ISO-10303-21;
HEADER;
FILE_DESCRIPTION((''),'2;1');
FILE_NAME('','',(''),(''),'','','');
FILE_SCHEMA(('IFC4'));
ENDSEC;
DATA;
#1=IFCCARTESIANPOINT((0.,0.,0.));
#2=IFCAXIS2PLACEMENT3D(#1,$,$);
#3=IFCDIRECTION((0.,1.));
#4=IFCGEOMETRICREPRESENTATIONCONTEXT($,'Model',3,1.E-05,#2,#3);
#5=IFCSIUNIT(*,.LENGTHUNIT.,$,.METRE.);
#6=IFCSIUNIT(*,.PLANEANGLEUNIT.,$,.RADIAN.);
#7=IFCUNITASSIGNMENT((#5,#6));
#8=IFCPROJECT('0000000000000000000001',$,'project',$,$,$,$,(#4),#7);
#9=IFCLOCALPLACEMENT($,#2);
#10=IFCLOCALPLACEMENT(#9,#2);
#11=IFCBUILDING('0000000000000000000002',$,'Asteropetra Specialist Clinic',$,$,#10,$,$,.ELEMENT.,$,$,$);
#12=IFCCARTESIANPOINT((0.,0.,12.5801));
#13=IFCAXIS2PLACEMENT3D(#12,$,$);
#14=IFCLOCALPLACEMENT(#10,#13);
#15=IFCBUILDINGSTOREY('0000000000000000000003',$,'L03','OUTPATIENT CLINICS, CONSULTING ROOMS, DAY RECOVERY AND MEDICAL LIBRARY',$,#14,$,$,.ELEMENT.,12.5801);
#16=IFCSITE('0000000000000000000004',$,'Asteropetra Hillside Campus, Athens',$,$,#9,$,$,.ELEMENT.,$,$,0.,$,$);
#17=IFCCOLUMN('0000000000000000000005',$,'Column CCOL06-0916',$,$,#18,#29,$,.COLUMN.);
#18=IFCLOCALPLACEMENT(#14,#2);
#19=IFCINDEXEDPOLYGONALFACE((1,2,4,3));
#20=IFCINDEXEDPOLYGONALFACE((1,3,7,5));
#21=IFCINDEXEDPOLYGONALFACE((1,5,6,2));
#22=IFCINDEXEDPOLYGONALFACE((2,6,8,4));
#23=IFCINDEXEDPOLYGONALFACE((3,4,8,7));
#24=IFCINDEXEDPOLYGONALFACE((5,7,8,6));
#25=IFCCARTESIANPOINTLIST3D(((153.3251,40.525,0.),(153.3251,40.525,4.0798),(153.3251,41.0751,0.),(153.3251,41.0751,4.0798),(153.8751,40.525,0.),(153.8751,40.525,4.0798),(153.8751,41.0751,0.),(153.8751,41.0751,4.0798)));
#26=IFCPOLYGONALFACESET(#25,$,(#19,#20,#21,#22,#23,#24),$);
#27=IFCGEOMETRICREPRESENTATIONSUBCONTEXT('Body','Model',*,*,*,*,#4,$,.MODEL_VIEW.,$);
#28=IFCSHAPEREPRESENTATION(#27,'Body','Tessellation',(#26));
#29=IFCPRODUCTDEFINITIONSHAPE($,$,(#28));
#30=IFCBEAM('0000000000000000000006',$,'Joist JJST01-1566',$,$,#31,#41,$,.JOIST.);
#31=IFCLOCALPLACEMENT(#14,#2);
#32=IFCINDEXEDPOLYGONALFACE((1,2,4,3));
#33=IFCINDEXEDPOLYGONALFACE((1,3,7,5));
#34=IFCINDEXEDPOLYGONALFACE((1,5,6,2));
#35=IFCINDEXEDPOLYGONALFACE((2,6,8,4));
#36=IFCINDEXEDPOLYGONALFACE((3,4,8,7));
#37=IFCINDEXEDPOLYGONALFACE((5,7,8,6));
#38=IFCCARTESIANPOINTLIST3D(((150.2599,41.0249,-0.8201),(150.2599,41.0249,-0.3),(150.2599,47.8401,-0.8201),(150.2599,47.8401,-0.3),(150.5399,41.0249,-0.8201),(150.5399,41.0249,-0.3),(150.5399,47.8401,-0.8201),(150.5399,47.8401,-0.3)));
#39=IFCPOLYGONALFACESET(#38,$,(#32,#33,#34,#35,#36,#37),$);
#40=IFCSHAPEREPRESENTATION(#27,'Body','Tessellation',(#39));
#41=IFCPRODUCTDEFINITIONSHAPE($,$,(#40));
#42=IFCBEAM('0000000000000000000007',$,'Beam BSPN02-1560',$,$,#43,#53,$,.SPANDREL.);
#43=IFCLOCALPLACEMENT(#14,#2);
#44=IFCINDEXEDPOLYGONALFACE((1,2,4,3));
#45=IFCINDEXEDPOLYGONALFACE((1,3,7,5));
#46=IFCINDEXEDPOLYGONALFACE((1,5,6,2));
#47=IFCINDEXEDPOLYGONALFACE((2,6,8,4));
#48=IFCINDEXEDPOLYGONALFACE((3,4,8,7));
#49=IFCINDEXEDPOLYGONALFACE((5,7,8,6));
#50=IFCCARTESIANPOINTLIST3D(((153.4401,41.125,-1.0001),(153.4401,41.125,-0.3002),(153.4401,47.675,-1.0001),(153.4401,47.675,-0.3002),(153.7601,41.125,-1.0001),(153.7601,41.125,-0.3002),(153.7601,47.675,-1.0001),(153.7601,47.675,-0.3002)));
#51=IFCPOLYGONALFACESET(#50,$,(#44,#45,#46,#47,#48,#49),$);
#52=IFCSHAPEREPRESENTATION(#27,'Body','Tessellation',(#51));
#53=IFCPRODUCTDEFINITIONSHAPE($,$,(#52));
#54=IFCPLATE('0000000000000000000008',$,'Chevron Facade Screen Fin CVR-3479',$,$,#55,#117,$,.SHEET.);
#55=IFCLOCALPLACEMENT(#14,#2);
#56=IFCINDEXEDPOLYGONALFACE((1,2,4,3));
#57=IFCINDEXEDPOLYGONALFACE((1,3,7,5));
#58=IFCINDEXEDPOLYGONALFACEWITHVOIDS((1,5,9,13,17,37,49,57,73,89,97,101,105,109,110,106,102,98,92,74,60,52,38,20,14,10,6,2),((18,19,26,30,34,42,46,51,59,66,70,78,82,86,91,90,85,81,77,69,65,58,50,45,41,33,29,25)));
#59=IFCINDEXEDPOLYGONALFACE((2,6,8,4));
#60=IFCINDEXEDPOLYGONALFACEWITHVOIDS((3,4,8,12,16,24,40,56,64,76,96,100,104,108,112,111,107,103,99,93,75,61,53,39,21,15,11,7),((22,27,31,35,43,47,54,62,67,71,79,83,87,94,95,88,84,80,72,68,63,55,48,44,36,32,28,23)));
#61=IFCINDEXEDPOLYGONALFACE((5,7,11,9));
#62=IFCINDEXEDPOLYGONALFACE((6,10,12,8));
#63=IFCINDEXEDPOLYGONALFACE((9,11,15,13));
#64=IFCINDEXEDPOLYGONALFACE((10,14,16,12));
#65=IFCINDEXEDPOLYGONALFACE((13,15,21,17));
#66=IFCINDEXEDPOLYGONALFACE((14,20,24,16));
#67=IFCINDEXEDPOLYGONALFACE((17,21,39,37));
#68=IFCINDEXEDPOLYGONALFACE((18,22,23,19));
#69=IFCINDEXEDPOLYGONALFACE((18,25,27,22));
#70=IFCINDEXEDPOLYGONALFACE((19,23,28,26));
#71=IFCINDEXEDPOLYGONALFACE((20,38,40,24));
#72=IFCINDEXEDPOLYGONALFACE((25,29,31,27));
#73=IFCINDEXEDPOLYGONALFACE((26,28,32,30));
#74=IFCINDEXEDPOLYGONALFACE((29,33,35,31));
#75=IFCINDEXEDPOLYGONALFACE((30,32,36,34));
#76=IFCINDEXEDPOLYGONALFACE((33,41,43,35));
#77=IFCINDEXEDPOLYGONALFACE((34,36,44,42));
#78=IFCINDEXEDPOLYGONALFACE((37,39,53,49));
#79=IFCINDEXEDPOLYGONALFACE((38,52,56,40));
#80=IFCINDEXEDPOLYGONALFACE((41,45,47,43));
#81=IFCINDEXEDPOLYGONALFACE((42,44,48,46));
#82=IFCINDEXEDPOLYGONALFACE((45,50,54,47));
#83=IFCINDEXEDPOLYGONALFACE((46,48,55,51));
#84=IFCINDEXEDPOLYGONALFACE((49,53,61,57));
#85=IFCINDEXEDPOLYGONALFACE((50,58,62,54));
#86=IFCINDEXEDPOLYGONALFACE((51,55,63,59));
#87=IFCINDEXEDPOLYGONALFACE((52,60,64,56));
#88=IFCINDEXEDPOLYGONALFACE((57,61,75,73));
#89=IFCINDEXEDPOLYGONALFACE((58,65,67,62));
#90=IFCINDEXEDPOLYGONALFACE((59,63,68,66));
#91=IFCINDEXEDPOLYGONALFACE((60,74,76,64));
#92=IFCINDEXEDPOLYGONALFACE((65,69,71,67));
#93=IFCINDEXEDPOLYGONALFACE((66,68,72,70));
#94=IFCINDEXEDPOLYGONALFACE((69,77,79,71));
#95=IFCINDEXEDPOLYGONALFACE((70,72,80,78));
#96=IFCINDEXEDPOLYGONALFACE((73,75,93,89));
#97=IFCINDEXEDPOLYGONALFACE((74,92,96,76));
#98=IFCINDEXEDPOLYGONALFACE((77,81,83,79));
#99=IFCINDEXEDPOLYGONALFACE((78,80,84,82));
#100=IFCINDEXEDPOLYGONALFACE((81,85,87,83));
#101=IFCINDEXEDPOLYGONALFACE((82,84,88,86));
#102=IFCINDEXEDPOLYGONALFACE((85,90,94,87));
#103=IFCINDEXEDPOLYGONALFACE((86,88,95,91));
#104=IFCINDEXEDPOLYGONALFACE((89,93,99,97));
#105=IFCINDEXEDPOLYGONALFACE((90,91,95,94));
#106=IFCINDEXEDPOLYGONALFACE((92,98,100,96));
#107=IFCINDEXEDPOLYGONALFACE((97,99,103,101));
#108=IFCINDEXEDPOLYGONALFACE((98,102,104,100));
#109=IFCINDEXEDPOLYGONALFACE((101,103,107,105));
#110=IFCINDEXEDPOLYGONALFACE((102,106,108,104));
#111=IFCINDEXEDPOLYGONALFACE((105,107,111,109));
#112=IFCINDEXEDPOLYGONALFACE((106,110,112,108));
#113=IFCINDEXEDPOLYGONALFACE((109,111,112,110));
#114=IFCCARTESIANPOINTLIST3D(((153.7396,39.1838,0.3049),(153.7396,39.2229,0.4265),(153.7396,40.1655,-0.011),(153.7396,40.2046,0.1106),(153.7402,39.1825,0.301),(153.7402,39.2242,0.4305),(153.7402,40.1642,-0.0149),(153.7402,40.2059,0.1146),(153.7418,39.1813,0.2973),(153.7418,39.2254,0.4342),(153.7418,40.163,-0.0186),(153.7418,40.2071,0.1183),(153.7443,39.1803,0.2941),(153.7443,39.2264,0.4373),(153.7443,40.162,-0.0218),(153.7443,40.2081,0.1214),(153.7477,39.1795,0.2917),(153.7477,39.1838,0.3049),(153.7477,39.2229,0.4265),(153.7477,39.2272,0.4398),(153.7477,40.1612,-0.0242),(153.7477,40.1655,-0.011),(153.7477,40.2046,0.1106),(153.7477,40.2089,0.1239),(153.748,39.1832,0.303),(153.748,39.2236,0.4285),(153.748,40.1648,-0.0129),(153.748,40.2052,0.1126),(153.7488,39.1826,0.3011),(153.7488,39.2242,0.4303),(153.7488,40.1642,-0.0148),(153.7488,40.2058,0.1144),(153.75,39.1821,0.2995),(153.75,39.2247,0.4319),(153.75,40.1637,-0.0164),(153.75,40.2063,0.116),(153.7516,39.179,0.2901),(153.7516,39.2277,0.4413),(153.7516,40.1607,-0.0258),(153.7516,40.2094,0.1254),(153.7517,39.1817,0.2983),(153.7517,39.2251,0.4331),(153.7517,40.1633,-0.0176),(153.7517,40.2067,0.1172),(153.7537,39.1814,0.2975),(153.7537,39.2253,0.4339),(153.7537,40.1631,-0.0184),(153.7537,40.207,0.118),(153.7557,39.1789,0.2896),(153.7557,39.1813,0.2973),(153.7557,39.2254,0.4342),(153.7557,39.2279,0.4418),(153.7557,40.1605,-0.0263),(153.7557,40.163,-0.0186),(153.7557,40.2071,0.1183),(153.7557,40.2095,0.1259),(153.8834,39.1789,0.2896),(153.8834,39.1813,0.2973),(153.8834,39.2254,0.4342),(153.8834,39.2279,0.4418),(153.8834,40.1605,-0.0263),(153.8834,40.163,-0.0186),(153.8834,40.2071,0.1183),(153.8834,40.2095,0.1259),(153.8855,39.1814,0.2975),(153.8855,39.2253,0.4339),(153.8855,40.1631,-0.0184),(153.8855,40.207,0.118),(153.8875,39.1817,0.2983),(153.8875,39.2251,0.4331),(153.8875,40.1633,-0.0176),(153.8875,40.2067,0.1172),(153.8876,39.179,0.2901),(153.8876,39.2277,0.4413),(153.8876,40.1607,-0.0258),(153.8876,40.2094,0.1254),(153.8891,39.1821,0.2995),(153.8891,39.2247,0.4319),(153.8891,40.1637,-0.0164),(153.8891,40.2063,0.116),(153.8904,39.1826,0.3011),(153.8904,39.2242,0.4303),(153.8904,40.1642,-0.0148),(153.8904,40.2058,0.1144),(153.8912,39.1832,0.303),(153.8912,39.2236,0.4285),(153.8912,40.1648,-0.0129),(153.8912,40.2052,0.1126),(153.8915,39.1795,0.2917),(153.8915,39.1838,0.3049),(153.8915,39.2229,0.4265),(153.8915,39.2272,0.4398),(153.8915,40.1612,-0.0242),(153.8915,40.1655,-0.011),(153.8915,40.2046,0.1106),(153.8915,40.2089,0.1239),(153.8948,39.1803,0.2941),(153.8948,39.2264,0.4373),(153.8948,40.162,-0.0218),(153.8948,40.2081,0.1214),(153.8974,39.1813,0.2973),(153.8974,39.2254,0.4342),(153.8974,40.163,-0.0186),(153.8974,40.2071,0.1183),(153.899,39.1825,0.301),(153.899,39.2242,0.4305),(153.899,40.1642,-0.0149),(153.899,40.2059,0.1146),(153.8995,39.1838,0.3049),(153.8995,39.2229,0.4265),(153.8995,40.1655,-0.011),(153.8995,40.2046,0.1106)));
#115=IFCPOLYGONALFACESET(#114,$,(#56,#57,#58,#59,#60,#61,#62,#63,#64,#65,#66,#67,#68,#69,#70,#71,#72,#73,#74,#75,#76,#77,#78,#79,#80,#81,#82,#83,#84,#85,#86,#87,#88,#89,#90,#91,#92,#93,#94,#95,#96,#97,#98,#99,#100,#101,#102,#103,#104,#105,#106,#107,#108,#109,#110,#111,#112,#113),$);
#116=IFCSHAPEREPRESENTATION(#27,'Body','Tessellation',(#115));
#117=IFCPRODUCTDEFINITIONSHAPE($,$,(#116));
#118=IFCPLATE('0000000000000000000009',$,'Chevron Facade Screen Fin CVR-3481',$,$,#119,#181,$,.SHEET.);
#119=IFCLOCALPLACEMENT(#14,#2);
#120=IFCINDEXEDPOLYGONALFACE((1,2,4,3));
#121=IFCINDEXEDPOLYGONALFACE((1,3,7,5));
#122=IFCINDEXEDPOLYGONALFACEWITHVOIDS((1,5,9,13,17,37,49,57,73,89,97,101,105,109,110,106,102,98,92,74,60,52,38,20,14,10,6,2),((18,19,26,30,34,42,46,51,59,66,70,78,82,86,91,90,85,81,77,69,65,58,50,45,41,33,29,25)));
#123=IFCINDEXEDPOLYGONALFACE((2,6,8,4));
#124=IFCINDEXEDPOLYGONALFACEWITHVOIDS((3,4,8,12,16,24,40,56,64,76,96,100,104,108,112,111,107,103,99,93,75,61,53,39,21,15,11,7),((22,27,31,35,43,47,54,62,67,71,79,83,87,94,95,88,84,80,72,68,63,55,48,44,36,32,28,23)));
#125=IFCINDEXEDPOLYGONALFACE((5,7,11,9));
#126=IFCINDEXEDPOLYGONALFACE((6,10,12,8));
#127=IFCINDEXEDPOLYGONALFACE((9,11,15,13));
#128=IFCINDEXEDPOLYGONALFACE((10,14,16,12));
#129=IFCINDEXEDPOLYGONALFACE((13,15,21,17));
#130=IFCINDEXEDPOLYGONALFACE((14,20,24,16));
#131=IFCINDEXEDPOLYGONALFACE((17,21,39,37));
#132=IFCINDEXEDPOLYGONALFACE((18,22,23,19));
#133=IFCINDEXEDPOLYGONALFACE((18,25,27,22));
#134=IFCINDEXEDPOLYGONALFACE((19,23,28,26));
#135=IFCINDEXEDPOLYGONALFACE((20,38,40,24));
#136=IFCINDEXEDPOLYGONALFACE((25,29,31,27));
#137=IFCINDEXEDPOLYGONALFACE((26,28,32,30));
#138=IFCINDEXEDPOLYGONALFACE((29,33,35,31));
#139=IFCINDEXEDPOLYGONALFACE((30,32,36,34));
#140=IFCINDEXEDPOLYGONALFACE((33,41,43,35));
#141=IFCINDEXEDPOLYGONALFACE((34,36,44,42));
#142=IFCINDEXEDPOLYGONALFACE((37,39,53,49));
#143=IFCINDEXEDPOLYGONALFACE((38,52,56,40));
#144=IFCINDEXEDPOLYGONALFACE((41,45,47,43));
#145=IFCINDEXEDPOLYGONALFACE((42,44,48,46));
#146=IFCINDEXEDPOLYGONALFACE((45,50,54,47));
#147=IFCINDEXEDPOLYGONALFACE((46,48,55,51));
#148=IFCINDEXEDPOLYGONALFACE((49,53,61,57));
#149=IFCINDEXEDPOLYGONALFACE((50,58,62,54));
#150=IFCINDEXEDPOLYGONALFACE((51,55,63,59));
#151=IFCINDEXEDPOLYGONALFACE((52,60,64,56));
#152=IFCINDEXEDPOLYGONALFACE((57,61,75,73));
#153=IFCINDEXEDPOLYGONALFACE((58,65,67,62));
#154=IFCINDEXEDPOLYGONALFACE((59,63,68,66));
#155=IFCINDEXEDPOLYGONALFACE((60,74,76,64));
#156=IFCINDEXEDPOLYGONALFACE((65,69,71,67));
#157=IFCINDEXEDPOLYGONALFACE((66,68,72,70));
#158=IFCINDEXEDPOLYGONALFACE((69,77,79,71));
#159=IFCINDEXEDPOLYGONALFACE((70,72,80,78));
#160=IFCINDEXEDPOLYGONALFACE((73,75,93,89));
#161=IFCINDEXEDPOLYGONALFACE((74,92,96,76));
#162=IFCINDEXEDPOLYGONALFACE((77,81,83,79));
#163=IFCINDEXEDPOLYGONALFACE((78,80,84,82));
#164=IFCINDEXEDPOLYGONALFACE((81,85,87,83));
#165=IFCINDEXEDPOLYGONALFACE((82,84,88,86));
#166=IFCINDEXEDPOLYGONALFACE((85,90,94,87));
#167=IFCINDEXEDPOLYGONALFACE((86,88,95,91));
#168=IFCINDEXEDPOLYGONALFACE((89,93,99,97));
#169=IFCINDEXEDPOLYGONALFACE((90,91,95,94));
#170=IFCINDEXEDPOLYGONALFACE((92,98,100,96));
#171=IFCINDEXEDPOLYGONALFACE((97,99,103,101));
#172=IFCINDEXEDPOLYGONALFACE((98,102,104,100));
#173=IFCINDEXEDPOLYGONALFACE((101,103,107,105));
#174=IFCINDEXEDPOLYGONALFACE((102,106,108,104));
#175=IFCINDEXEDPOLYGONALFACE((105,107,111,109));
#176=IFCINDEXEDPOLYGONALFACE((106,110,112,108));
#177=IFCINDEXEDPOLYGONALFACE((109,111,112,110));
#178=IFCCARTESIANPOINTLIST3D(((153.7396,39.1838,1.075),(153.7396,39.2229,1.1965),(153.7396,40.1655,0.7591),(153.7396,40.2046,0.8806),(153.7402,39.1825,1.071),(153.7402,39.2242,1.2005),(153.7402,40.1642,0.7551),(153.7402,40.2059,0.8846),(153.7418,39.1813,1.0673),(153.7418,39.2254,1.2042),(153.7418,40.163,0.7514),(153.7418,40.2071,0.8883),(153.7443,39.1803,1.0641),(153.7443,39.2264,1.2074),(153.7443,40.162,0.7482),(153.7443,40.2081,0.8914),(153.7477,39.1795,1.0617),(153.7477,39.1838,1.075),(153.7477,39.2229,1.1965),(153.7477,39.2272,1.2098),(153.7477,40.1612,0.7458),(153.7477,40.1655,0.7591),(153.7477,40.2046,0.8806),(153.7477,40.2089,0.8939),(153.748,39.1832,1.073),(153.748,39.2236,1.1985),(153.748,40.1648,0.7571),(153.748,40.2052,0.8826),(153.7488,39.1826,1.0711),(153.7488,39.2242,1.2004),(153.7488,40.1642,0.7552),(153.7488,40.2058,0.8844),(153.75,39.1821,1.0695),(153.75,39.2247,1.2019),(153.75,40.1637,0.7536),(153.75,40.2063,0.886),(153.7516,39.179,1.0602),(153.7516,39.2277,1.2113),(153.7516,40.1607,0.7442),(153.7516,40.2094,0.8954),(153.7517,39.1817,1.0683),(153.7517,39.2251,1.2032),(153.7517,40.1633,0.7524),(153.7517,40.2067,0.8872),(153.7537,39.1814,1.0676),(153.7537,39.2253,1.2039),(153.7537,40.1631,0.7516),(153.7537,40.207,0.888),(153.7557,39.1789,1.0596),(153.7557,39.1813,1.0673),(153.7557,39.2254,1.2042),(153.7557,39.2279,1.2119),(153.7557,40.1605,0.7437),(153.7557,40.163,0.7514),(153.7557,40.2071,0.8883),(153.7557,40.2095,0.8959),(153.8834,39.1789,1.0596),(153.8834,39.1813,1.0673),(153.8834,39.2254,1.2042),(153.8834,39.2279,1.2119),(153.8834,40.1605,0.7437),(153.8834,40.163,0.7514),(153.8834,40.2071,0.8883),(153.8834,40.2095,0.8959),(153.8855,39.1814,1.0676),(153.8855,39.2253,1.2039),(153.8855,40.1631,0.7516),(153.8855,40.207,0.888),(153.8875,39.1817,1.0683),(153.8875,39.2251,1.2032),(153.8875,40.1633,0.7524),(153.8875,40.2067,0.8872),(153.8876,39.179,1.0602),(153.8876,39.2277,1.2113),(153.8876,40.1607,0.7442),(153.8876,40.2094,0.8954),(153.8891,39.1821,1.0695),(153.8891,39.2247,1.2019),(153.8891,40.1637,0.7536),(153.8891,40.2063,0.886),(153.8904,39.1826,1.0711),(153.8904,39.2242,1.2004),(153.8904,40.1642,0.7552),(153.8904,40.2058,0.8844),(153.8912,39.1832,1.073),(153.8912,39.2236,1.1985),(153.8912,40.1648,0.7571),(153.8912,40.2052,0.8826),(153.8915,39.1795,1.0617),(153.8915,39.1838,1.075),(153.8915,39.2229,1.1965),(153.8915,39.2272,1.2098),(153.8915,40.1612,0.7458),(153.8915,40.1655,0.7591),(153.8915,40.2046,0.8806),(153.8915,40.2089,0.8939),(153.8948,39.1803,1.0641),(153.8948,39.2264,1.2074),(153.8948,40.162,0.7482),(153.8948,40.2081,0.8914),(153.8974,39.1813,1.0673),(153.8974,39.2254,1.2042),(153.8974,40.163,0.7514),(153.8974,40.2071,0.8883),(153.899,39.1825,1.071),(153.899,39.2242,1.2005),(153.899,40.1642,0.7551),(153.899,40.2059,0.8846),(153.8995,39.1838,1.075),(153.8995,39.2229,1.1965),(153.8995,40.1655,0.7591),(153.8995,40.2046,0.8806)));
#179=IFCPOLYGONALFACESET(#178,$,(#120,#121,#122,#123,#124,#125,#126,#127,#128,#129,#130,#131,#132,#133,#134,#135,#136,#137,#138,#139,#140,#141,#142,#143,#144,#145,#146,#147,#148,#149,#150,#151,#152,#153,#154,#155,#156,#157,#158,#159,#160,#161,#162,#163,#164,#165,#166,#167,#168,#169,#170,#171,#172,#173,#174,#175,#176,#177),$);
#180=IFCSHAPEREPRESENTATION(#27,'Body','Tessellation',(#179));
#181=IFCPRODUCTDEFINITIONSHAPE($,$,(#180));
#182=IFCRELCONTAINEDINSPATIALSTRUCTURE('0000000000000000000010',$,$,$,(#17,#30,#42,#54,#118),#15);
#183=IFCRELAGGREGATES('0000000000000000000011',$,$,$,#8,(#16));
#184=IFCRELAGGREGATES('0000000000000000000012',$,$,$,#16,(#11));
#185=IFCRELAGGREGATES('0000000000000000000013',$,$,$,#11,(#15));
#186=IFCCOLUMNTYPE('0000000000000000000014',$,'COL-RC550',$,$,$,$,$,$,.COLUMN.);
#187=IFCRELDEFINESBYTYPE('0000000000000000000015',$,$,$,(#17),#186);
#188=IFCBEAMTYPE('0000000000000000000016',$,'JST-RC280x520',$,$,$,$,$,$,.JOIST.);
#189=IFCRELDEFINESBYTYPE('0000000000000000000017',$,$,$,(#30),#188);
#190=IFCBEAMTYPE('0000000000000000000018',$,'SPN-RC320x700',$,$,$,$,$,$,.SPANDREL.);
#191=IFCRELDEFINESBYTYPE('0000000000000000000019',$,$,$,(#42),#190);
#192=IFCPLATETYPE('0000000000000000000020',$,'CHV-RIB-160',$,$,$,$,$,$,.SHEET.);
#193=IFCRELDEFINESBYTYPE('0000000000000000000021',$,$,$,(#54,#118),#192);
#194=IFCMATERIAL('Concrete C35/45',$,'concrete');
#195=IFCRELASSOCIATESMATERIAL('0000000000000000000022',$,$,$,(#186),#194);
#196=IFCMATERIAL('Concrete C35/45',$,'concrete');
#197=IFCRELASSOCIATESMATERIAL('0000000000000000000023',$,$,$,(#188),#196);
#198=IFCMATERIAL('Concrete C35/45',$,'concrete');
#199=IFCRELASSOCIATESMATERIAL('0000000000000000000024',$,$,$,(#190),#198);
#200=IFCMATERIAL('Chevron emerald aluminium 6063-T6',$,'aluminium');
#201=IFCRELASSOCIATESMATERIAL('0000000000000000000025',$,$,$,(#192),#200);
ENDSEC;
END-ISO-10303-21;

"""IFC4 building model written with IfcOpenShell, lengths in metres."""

from ifc_helpers import new_model, si_unit, direction, frame, origin, origin_2d, place, context, subcontext, project, spatial, rectangle, hollow_rectangle, extrude, material, material_profile, profile_set, type_object, element, save


model = new_model("IFC4")

# Units and contexts
model_context = context("Model", 3, precision=1e-05, world=origin(), true_north=direction((0.0, 1.0)))
body_context = subcontext(model_context, "Body", "Model", "MODEL_VIEW")
ifc_project = project(units=[si_unit("LENGTHUNIT", "METRE"), si_unit("PLANEANGLEUNIT", "RADIAN")], contexts=[model_context])

# Site, building, storey
site_placement = place(None, origin())
site = spatial("IfcSite", under=ifc_project, at=site_placement, Name="Asteropetra Hillside Campus, Athens", CompositionType="ELEMENT", RefElevation=0.0)
building_placement = place(site_placement, origin())
building = spatial("IfcBuilding", under=site, at=building_placement, Name="Asteropetra Specialist Clinic", CompositionType="ELEMENT")
storey_placement = place(building_placement, frame((0.0, 0.0, 12.5801)))
storey = spatial("IfcBuildingStorey", under=building, at=storey_placement, Name="L03", Description="OUTPATIENT CLINICS, CONSULTING ROOMS, DAY RECOVERY AND MEDICAL LIBRARY", CompositionType="ELEMENT", Elevation=12.5801)

# Column
ifc_material_1 = material(Name="Concrete C35/45", Category="concrete")
ifc_material_profile_1 = material_profile(ifc_material_1, rectangle(XDim=0.55, YDim=0.55, at=origin_2d()), Name="RC 550x550")
ifc_profile_set_1 = profile_set([ifc_material_profile_1], Name="Concrete C35/45")
column_type = type_object("IfcColumnType", Name="COL-RC550", PredefinedType="COLUMN", material=ifc_profile_set_1)
column_placement = place(storey_placement, frame((153.6001, 40.8, 0.0), z_axis=(0.0, 0.0, 1.0), x_axis=(1.0, 0.0, 0.0)))
element("IfcColumn", 1, at=column_placement, inside=storey, type_object=column_type, Name="Column CCOL06-0916", PredefinedType="COLUMN", context=body_context, shape_type="SweptSolid", body=[
    extrude(rectangle(XDim=0.55, YDim=0.55, at=origin_2d()), origin(), (0.0, 0.0, 1.0), 4.0798),
])

# Beams
ifc_material_2 = material(Name="Concrete C35/45", Category="concrete")
ifc_material_profile_2 = material_profile(ifc_material_2, rectangle(XDim=0.28, YDim=0.52, at=origin_2d()), Name="RCJ 280x520")
ifc_profile_set_2 = profile_set([ifc_material_profile_2], Name="Concrete C35/45")
beam_type_1 = type_object("IfcBeamType", Name="JST-RC280x520", PredefinedType="JOIST", material=ifc_profile_set_2)
beam_1_placement = place(storey_placement, frame((150.3999, 41.0249, -0.5601), z_axis=(0.0, 1.0, 0.0), x_axis=(-1.0, 0.0, 0.0)))
element("IfcBeam", 2, at=beam_1_placement, inside=storey, type_object=beam_type_1, Name="Joist JJST01-1566", PredefinedType="JOIST", context=body_context, shape_type="SweptSolid", body=[
    extrude(rectangle(XDim=0.28, YDim=0.52, at=origin_2d()), origin(), (0.0, 0.0, 1.0), 6.8152),
])
ifc_material_3 = material(Name="Concrete C35/45", Category="concrete")
ifc_material_profile_3 = material_profile(ifc_material_3, rectangle(XDim=0.3201, YDim=0.7, at=origin_2d()), Name="RCS 320x700")
ifc_profile_set_3 = profile_set([ifc_material_profile_3], Name="Concrete C35/45")
beam_type_2 = type_object("IfcBeamType", Name="SPN-RC320x700", PredefinedType="SPANDREL", material=ifc_profile_set_3)
beam_2_placement = place(storey_placement, frame((153.6001, 41.125, -0.6501), z_axis=(0.0, 1.0, 0.0), x_axis=(-1.0, 0.0, 0.0)))
element("IfcBeam", 3, at=beam_2_placement, inside=storey, type_object=beam_type_2, Name="Beam BSPN02-1560", PredefinedType="SPANDREL", context=body_context, shape_type="SweptSolid", body=[
    extrude(rectangle(XDim=0.3201, YDim=0.7, at=origin_2d()), origin(), (0.0, 0.0, 1.0), 6.55),
])

# Plates
ifc_material_4 = material(Name="Chevron emerald aluminium 6063-T6", Category="aluminium")
ifc_material_profile_4 = material_profile(ifc_material_4, hollow_rectangle(XDim=0.1599, YDim=0.1599, WallThickness=0.0081, InnerFilletRadius=0.0081, OuterFilletRadius=0.0161, at=origin_2d()), Name="SHS 160x160x8.0")
ifc_profile_set_4 = profile_set([ifc_material_profile_4], Name="Chevron emerald aluminium 6063-T6")
plate_type_1 = type_object("IfcPlateType", Name="CHV-RIB-160", PredefinedType="SHEET", material=ifc_profile_set_4)
for number, where, z_axis, x_axis, name in (
    (4, (153.8196, 39.2034, 0.3657), (0.0, 0.951923, -0.306339), (-1.0, 0.0, 0.0), "Chevron Facade Screen Fin CVR-3479"),
    (5, (153.8196, 39.2034, 1.1357), (0.0, 0.951923, -0.306339), (-1.0, 0.0, 0.0), "Chevron Facade Screen Fin CVR-3481"),
):
    element("IfcPlate", number, at=place(storey_placement, frame(where, z_axis=z_axis, x_axis=x_axis)), inside=storey, type_object=plate_type_1, Name=name, PredefinedType="SHEET", context=body_context, shape_type="SweptSolid", body=[
        extrude(hollow_rectangle(XDim=0.1599, YDim=0.1599, WallThickness=0.0081, InnerFilletRadius=0.0081, OuterFilletRadius=0.0161, at=origin_2d()), origin(), (0.0, 0.0, 1.0), 1.0312),
    ])

save(model, "model.ifc")
